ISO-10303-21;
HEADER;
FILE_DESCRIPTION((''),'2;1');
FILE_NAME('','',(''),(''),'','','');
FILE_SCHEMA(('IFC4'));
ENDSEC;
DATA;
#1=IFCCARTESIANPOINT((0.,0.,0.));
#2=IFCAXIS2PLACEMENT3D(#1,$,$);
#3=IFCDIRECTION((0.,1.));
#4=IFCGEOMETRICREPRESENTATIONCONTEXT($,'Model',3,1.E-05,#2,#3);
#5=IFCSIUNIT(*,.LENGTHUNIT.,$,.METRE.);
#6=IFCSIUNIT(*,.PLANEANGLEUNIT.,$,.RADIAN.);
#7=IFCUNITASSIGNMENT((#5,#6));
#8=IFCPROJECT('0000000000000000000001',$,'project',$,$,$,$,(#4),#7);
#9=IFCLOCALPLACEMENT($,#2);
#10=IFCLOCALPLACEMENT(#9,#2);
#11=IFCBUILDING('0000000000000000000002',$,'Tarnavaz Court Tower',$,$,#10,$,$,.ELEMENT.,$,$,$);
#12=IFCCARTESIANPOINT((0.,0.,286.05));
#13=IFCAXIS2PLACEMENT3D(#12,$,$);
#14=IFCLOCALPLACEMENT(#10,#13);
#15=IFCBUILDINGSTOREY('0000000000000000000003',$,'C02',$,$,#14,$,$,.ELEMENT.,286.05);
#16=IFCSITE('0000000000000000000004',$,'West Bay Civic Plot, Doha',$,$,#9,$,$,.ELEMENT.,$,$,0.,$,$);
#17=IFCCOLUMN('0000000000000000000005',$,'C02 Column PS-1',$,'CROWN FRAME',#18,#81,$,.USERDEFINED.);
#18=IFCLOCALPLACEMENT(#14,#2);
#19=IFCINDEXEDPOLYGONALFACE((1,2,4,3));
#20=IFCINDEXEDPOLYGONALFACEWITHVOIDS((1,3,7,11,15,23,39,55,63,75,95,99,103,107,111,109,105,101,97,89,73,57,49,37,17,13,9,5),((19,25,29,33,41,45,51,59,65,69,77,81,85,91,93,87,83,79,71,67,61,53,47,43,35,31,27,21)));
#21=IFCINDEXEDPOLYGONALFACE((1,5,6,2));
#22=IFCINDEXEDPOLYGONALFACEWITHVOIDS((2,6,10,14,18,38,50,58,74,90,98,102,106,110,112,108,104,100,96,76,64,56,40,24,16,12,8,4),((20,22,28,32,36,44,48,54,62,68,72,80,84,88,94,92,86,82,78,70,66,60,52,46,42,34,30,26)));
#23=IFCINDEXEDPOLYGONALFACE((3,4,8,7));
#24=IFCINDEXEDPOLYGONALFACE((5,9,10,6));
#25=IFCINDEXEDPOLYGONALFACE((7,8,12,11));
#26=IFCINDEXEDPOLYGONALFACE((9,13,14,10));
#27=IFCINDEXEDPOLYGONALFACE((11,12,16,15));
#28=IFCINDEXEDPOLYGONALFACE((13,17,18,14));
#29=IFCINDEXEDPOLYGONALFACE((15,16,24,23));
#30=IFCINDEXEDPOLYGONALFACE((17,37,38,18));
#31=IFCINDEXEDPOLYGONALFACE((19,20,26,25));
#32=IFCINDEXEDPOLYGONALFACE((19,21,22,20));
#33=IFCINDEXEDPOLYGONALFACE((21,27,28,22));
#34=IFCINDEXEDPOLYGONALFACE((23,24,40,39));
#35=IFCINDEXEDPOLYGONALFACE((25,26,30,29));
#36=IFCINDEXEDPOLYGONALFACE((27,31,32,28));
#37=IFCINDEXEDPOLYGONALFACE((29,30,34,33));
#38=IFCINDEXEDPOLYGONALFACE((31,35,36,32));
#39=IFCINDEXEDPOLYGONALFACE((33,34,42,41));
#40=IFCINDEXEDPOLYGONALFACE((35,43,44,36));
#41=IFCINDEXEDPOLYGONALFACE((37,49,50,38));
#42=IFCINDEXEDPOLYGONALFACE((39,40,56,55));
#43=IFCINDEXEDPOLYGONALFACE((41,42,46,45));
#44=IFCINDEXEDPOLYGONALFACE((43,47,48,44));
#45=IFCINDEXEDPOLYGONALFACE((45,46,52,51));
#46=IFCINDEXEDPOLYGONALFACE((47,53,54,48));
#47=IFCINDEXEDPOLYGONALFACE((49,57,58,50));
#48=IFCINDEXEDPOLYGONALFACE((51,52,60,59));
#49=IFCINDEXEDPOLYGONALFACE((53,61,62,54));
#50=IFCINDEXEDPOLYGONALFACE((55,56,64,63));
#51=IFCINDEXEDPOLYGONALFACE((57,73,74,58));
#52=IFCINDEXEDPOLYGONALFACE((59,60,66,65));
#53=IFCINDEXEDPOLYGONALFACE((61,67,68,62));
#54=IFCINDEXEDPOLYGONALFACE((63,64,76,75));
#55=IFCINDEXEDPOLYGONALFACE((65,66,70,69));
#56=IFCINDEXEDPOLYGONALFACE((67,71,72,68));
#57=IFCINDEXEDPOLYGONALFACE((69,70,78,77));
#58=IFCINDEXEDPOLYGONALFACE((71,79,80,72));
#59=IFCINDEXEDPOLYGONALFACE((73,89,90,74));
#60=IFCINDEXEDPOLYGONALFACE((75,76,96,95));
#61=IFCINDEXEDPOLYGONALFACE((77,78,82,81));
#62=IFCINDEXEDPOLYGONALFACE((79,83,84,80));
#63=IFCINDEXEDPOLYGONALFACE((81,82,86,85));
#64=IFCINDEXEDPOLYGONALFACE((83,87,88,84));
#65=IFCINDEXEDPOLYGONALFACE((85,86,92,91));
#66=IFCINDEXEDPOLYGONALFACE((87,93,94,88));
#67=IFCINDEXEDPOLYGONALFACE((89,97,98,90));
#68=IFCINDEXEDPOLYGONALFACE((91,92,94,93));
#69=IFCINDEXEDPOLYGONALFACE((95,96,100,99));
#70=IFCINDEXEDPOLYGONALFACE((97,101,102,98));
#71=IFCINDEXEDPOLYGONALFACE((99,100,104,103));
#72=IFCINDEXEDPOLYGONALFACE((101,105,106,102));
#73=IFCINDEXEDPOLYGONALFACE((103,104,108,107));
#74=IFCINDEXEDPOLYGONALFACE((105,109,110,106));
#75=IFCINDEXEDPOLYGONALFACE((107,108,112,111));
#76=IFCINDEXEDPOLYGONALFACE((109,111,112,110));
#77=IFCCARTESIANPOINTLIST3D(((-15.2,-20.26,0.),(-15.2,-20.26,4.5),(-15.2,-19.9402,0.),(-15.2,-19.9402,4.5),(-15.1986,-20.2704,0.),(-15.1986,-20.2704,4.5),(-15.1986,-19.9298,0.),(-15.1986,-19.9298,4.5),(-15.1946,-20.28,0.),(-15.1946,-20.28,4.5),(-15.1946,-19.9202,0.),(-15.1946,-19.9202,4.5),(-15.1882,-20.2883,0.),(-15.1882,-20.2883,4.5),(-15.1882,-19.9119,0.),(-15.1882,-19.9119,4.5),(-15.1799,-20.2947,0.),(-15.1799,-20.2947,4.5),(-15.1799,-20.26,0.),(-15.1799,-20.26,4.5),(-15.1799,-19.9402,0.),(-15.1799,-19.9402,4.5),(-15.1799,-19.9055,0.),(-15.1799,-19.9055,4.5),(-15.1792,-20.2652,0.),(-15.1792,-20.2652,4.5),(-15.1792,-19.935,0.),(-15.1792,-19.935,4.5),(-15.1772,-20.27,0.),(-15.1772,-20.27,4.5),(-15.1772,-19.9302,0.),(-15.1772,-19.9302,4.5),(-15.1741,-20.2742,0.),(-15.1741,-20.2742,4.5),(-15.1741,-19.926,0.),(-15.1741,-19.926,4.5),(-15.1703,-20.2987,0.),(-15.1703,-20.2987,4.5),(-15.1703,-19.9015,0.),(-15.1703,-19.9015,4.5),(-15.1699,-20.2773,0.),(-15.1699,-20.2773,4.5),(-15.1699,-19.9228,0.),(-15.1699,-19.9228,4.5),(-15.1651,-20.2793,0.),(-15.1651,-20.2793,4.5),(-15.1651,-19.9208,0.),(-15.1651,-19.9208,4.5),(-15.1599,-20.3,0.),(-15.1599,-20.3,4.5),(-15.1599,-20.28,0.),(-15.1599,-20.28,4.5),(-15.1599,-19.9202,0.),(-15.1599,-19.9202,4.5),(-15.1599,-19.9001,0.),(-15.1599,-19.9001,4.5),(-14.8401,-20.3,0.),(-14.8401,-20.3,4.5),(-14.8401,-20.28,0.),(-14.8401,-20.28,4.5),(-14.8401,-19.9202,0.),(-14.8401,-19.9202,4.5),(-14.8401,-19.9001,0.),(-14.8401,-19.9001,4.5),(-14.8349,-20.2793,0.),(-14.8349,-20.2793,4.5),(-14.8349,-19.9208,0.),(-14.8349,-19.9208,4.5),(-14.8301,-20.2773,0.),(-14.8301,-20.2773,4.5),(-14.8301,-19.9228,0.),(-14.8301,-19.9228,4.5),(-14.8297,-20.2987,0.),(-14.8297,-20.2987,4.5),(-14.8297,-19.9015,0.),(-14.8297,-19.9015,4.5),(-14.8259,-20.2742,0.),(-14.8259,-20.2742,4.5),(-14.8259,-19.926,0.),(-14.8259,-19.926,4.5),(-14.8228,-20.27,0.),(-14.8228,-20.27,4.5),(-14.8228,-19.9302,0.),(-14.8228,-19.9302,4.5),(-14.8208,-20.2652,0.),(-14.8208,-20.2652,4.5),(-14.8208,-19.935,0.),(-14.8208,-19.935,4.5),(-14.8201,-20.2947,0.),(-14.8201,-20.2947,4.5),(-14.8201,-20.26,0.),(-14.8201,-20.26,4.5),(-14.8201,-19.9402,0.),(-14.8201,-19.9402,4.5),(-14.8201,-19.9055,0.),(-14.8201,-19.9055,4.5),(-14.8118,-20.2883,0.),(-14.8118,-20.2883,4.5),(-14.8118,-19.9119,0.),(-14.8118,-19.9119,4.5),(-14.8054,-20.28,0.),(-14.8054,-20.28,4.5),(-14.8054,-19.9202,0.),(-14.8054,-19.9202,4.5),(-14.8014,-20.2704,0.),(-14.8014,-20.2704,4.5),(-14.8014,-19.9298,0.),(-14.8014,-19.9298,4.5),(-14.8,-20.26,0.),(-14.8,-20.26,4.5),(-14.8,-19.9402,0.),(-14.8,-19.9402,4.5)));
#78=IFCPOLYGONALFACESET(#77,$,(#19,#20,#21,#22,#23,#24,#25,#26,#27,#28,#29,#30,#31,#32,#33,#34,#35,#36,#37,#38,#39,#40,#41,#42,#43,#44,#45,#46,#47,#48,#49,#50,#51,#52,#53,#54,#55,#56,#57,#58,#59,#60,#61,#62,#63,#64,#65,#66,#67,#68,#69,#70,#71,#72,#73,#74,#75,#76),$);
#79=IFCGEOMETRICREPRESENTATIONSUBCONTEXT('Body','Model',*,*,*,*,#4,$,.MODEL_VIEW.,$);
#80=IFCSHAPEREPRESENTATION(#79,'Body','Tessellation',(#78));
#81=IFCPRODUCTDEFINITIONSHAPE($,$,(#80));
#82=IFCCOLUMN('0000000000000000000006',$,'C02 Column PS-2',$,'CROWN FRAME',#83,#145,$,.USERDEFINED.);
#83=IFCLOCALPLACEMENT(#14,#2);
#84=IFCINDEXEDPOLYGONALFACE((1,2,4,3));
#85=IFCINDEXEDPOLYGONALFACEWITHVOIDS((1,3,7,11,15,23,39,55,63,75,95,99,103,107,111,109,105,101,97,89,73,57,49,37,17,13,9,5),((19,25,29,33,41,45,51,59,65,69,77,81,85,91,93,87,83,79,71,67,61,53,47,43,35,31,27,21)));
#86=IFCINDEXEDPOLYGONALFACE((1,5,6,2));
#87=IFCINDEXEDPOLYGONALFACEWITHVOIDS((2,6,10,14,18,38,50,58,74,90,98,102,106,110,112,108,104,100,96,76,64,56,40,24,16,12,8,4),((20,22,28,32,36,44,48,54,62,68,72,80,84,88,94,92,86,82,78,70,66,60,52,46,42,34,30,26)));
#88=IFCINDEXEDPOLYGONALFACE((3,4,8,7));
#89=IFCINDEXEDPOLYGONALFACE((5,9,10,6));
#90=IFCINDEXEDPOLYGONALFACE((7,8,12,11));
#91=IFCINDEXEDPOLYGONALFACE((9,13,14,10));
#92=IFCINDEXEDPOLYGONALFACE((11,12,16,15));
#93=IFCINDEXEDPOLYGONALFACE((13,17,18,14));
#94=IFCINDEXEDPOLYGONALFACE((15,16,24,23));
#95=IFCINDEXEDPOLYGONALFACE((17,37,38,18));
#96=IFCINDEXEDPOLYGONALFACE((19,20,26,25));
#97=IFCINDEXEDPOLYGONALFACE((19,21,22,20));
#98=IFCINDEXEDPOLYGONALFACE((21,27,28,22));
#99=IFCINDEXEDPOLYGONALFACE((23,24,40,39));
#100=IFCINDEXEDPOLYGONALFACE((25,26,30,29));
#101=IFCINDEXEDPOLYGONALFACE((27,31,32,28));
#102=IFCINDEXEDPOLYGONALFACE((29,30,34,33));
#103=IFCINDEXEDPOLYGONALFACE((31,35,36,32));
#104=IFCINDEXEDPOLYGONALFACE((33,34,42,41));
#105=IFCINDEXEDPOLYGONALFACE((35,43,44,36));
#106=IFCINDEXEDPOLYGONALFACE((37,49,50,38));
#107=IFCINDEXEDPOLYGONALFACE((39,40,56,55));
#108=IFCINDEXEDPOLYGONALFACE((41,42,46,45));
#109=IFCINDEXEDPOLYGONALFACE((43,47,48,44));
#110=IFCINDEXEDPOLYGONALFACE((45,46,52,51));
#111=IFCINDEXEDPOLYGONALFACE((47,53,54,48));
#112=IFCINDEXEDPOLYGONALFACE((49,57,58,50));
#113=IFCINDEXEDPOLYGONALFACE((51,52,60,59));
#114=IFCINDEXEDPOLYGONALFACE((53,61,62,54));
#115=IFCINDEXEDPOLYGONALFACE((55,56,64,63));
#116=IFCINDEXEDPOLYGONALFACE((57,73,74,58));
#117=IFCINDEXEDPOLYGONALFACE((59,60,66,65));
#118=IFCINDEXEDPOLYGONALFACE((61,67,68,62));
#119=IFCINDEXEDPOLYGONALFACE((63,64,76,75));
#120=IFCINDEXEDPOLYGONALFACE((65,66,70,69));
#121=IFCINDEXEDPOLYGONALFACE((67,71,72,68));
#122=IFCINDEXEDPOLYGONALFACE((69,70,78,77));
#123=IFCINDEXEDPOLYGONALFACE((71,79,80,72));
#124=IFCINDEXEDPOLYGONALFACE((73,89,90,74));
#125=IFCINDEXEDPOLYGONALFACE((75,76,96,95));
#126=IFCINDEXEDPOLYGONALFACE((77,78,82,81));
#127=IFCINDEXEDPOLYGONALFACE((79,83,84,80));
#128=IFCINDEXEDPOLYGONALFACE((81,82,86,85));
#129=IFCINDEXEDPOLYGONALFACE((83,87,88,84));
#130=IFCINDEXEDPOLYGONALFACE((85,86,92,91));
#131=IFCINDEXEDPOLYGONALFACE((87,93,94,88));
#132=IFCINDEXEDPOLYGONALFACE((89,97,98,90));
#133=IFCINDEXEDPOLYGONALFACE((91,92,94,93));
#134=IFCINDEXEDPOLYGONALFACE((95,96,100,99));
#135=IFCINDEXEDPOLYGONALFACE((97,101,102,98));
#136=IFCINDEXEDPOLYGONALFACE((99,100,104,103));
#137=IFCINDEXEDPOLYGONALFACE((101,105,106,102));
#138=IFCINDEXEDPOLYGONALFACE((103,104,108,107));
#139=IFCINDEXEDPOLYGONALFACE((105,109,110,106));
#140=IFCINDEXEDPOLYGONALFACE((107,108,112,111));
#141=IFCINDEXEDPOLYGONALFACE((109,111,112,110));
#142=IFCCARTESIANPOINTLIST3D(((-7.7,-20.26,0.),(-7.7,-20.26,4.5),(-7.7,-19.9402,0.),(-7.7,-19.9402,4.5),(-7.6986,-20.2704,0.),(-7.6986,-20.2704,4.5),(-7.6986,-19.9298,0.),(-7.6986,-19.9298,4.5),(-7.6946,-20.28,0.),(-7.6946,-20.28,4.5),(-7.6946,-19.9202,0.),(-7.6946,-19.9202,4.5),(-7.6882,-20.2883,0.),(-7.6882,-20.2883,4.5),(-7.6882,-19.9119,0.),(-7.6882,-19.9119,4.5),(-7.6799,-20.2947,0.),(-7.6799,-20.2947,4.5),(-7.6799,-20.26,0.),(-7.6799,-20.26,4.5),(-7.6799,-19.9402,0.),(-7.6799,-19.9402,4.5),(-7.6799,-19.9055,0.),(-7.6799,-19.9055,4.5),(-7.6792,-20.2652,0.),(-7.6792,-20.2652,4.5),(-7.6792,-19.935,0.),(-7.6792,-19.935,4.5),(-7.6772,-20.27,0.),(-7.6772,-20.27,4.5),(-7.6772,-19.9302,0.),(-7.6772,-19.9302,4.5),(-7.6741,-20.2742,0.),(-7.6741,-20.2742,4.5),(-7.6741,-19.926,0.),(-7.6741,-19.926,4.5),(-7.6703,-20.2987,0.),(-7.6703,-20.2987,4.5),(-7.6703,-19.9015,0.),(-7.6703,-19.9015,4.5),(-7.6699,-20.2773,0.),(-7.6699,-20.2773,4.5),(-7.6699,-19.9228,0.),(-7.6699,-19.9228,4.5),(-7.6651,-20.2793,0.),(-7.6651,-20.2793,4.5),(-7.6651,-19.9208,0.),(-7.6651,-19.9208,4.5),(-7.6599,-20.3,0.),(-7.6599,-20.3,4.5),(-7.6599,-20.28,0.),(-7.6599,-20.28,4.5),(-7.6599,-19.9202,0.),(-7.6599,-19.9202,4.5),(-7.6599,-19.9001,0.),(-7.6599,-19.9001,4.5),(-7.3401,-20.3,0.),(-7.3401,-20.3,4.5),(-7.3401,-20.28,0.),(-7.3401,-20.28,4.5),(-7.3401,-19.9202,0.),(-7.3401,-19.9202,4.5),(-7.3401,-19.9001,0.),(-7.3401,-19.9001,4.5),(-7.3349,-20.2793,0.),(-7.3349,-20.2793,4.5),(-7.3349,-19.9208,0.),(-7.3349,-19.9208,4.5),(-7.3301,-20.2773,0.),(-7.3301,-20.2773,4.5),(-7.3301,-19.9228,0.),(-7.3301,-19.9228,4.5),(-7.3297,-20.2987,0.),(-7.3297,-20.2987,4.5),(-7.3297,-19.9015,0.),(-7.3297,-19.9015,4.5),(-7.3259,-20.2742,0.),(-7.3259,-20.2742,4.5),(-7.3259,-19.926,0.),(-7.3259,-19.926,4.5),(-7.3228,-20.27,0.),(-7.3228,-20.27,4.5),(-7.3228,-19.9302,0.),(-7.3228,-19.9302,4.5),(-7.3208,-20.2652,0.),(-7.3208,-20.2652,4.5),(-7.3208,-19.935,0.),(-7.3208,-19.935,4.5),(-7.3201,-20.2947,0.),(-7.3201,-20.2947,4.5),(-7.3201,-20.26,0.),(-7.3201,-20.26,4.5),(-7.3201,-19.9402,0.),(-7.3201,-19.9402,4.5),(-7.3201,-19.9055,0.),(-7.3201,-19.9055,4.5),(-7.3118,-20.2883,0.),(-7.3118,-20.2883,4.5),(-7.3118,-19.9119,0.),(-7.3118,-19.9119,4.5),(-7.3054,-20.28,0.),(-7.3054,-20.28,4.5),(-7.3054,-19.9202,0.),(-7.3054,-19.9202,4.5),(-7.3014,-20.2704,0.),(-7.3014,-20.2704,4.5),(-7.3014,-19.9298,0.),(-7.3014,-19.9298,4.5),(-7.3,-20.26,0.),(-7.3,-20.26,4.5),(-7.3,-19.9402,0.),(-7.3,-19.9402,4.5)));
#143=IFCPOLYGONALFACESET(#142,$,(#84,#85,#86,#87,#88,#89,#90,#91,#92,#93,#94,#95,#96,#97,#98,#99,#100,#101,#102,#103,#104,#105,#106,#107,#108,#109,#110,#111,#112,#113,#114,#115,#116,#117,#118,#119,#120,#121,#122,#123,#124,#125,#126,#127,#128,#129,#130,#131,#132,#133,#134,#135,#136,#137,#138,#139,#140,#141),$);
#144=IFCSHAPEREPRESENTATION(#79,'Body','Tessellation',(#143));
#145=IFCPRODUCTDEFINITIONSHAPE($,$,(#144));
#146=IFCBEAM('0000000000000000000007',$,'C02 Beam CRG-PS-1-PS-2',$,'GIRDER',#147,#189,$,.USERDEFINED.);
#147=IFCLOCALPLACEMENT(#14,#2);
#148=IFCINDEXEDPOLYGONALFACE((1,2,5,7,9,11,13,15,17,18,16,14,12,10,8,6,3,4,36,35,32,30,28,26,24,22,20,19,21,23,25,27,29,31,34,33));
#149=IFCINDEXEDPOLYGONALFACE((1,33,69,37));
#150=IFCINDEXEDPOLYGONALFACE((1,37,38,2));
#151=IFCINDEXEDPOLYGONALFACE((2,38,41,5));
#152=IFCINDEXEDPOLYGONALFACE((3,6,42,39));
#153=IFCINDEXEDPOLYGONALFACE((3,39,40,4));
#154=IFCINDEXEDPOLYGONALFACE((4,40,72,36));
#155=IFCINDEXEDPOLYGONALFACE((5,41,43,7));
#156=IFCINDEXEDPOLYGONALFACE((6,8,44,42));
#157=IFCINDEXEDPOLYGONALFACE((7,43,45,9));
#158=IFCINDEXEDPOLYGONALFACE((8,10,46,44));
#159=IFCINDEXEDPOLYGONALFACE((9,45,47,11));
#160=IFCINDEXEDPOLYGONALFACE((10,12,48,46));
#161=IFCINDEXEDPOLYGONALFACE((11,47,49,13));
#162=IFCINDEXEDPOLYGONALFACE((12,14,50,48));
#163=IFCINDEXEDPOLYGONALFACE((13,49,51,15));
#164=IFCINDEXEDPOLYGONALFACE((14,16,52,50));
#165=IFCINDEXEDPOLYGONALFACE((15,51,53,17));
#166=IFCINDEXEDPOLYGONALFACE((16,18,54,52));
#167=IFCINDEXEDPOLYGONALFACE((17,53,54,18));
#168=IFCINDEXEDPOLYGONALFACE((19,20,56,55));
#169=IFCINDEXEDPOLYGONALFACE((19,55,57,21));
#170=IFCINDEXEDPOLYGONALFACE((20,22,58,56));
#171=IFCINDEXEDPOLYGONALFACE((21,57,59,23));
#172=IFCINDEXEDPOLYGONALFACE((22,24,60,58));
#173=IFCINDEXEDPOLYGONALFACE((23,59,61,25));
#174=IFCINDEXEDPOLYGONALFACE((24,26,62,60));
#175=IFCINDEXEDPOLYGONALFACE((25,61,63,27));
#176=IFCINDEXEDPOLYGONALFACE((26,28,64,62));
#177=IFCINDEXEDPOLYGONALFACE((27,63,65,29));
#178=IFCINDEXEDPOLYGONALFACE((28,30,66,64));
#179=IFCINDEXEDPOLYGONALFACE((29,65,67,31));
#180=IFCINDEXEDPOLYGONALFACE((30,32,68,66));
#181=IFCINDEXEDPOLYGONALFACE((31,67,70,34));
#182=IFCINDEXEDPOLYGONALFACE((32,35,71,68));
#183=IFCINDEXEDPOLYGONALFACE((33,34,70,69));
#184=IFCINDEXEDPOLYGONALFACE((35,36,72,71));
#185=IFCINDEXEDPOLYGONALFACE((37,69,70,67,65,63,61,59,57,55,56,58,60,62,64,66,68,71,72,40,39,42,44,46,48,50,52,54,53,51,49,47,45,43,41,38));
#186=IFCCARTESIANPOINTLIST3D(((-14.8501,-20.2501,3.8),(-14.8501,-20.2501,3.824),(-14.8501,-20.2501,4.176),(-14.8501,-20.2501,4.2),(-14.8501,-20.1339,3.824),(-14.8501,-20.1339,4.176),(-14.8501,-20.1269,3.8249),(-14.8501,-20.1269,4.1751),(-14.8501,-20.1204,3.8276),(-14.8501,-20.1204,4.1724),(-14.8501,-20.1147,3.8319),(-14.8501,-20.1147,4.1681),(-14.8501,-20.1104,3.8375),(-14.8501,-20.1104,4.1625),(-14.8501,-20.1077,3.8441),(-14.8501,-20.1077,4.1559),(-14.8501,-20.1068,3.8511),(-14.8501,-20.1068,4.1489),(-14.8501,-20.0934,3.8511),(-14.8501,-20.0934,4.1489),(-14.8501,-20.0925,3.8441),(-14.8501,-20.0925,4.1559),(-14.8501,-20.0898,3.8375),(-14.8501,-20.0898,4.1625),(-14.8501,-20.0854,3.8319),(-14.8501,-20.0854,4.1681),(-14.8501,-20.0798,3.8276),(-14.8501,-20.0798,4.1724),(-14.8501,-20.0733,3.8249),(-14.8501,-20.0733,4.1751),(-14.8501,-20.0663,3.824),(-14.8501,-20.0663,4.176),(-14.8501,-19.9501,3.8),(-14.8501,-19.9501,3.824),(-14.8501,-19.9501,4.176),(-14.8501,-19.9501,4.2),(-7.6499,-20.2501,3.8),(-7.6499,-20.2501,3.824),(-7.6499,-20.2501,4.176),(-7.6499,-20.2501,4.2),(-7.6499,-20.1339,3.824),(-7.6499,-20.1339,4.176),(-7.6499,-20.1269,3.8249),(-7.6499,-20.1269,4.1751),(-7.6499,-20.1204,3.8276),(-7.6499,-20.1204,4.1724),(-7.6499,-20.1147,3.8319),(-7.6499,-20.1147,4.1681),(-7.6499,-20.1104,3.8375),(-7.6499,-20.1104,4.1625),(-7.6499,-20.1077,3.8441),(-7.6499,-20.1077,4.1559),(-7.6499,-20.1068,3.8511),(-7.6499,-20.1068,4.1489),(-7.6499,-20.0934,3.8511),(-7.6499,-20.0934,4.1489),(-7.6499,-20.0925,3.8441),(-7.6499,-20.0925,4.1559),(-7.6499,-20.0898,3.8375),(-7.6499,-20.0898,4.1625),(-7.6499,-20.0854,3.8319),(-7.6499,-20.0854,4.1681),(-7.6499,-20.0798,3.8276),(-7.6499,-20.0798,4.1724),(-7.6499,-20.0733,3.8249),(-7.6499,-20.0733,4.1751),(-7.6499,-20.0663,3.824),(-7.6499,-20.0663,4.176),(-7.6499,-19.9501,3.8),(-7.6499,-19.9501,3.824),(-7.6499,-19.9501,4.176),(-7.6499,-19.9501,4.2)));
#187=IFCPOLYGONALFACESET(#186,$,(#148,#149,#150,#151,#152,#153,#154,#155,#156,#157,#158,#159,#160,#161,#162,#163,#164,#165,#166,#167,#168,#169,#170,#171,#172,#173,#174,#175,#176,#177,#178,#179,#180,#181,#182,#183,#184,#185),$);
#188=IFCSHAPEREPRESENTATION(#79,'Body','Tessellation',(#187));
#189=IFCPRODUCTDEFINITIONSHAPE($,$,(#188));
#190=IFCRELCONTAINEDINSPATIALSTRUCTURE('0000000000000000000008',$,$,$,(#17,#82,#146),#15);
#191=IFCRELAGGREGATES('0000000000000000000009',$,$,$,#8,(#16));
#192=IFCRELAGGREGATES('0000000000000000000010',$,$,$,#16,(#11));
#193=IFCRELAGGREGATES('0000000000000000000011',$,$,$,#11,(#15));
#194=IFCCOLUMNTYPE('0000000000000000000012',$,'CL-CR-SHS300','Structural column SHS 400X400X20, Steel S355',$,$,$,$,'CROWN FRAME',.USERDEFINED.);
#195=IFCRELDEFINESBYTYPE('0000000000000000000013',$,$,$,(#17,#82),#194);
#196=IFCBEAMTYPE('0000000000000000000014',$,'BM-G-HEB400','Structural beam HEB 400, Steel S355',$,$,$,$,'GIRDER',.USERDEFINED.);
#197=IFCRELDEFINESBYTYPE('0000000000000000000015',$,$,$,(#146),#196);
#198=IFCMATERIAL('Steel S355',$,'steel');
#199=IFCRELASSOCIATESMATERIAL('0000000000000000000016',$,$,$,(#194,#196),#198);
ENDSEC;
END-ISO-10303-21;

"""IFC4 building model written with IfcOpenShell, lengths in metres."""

from ifc_helpers import new_model, si_unit, direction, frame, origin, origin_2d, place, context, subcontext, project, spatial, hollow_rectangle, i_section, extrude, material, material_profile, profile_set, type_object, element, save


model = new_model("IFC4")

# Units and contexts
model_context = context("Model", 3, precision=1e-05, world=origin(), true_north=direction((0.0, 1.0)))
body_context = subcontext(model_context, "Body", "Model", "MODEL_VIEW")
ifc_project = project(units=[si_unit("LENGTHUNIT", "METRE"), si_unit("PLANEANGLEUNIT", "RADIAN")], contexts=[model_context])

# Site, building, storey
site_placement = place(None, origin())
site = spatial("IfcSite", under=ifc_project, at=site_placement, Name="West Bay Civic Plot, Doha", CompositionType="ELEMENT", RefElevation=0.0)
building_placement = place(site_placement, origin())
building = spatial("IfcBuilding", under=site, at=building_placement, Name="Tarnavaz Court Tower", CompositionType="ELEMENT")
storey_placement = place(building_placement, frame((0.0, 0.0, 286.05)))
storey = spatial("IfcBuildingStorey", under=building, at=storey_placement, Name="C02", CompositionType="ELEMENT", Elevation=286.05)

# Columns
ifc_material_1 = material(Name="Steel S355", Category="steel")
ifc_material_profile_1 = material_profile(ifc_material_1, hollow_rectangle(XDim=0.3999, YDim=0.3999, WallThickness=0.02, InnerFilletRadius=0.02, OuterFilletRadius=0.04, at=origin_2d()), Name="SHS 400X400X20")
ifc_profile_set_1 = profile_set([ifc_material_profile_1], Name="Steel S355")
column_type = type_object("IfcColumnType", Name="CL-CR-SHS300", Description="Structural column SHS 400X400X20, Steel S355", ElementType="CROWN FRAME", PredefinedType="USERDEFINED", material=ifc_profile_set_1)
for number, where, z_axis, x_axis, name in (
    (1, (-15.0, -20.1001, 0.0), (0.0, 0.0, 1.0), (1.0, 0.0, 0.0), "C02 Column PS-1"),
    (2, (-7.5, -20.1001, 0.0), (0.0, 0.0, 1.0), (1.0, 0.0, 0.0), "C02 Column PS-2"),
):
    element("IfcColumn", number, at=place(storey_placement, frame(where, z_axis=z_axis, x_axis=x_axis)), inside=storey, type_object=column_type, Name=name, ObjectType="CROWN FRAME", PredefinedType="USERDEFINED", context=body_context, shape_type="SweptSolid", body=[
        extrude(hollow_rectangle(XDim=0.3999, YDim=0.3999, WallThickness=0.02, InnerFilletRadius=0.02, OuterFilletRadius=0.04, at=origin_2d()), origin(), (0.0, 0.0, 1.0), 4.5),
    ])

# Beam
ifc_material_profile_2 = material_profile(ifc_material_1, i_section(OverallWidth=0.3, OverallDepth=0.3999, WebThickness=0.0134, FlangeThickness=0.0239, FilletRadius=0.0271, at=origin_2d()), Name="HEB 400")
ifc_profile_set_2 = profile_set([ifc_material_profile_2], Name="Steel S355")
beam_type = type_object("IfcBeamType", Name="BM-G-HEB400", Description="Structural beam HEB 400, Steel S355", ElementType="GIRDER", PredefinedType="USERDEFINED", material=ifc_profile_set_2)
beam_1_placement = place(storey_placement, frame((-14.8501, -20.1001, 4.0), z_axis=(1.0, 0.0, 0.0), x_axis=(0.0, 1.0, 0.0)))
element("IfcBeam", 3, at=beam_1_placement, inside=storey, type_object=beam_type, Name="C02 Beam CRG-PS-1-PS-2", ObjectType="GIRDER", PredefinedType="USERDEFINED", context=body_context, shape_type="SweptSolid", body=[
    extrude(i_section(OverallWidth=0.3, OverallDepth=0.3999, WebThickness=0.0134, FlangeThickness=0.0239, FilletRadius=0.0271, at=origin_2d()), origin(), (0.0, 0.0, 1.0), 7.2002),
])

save(model, "model.ifc")
